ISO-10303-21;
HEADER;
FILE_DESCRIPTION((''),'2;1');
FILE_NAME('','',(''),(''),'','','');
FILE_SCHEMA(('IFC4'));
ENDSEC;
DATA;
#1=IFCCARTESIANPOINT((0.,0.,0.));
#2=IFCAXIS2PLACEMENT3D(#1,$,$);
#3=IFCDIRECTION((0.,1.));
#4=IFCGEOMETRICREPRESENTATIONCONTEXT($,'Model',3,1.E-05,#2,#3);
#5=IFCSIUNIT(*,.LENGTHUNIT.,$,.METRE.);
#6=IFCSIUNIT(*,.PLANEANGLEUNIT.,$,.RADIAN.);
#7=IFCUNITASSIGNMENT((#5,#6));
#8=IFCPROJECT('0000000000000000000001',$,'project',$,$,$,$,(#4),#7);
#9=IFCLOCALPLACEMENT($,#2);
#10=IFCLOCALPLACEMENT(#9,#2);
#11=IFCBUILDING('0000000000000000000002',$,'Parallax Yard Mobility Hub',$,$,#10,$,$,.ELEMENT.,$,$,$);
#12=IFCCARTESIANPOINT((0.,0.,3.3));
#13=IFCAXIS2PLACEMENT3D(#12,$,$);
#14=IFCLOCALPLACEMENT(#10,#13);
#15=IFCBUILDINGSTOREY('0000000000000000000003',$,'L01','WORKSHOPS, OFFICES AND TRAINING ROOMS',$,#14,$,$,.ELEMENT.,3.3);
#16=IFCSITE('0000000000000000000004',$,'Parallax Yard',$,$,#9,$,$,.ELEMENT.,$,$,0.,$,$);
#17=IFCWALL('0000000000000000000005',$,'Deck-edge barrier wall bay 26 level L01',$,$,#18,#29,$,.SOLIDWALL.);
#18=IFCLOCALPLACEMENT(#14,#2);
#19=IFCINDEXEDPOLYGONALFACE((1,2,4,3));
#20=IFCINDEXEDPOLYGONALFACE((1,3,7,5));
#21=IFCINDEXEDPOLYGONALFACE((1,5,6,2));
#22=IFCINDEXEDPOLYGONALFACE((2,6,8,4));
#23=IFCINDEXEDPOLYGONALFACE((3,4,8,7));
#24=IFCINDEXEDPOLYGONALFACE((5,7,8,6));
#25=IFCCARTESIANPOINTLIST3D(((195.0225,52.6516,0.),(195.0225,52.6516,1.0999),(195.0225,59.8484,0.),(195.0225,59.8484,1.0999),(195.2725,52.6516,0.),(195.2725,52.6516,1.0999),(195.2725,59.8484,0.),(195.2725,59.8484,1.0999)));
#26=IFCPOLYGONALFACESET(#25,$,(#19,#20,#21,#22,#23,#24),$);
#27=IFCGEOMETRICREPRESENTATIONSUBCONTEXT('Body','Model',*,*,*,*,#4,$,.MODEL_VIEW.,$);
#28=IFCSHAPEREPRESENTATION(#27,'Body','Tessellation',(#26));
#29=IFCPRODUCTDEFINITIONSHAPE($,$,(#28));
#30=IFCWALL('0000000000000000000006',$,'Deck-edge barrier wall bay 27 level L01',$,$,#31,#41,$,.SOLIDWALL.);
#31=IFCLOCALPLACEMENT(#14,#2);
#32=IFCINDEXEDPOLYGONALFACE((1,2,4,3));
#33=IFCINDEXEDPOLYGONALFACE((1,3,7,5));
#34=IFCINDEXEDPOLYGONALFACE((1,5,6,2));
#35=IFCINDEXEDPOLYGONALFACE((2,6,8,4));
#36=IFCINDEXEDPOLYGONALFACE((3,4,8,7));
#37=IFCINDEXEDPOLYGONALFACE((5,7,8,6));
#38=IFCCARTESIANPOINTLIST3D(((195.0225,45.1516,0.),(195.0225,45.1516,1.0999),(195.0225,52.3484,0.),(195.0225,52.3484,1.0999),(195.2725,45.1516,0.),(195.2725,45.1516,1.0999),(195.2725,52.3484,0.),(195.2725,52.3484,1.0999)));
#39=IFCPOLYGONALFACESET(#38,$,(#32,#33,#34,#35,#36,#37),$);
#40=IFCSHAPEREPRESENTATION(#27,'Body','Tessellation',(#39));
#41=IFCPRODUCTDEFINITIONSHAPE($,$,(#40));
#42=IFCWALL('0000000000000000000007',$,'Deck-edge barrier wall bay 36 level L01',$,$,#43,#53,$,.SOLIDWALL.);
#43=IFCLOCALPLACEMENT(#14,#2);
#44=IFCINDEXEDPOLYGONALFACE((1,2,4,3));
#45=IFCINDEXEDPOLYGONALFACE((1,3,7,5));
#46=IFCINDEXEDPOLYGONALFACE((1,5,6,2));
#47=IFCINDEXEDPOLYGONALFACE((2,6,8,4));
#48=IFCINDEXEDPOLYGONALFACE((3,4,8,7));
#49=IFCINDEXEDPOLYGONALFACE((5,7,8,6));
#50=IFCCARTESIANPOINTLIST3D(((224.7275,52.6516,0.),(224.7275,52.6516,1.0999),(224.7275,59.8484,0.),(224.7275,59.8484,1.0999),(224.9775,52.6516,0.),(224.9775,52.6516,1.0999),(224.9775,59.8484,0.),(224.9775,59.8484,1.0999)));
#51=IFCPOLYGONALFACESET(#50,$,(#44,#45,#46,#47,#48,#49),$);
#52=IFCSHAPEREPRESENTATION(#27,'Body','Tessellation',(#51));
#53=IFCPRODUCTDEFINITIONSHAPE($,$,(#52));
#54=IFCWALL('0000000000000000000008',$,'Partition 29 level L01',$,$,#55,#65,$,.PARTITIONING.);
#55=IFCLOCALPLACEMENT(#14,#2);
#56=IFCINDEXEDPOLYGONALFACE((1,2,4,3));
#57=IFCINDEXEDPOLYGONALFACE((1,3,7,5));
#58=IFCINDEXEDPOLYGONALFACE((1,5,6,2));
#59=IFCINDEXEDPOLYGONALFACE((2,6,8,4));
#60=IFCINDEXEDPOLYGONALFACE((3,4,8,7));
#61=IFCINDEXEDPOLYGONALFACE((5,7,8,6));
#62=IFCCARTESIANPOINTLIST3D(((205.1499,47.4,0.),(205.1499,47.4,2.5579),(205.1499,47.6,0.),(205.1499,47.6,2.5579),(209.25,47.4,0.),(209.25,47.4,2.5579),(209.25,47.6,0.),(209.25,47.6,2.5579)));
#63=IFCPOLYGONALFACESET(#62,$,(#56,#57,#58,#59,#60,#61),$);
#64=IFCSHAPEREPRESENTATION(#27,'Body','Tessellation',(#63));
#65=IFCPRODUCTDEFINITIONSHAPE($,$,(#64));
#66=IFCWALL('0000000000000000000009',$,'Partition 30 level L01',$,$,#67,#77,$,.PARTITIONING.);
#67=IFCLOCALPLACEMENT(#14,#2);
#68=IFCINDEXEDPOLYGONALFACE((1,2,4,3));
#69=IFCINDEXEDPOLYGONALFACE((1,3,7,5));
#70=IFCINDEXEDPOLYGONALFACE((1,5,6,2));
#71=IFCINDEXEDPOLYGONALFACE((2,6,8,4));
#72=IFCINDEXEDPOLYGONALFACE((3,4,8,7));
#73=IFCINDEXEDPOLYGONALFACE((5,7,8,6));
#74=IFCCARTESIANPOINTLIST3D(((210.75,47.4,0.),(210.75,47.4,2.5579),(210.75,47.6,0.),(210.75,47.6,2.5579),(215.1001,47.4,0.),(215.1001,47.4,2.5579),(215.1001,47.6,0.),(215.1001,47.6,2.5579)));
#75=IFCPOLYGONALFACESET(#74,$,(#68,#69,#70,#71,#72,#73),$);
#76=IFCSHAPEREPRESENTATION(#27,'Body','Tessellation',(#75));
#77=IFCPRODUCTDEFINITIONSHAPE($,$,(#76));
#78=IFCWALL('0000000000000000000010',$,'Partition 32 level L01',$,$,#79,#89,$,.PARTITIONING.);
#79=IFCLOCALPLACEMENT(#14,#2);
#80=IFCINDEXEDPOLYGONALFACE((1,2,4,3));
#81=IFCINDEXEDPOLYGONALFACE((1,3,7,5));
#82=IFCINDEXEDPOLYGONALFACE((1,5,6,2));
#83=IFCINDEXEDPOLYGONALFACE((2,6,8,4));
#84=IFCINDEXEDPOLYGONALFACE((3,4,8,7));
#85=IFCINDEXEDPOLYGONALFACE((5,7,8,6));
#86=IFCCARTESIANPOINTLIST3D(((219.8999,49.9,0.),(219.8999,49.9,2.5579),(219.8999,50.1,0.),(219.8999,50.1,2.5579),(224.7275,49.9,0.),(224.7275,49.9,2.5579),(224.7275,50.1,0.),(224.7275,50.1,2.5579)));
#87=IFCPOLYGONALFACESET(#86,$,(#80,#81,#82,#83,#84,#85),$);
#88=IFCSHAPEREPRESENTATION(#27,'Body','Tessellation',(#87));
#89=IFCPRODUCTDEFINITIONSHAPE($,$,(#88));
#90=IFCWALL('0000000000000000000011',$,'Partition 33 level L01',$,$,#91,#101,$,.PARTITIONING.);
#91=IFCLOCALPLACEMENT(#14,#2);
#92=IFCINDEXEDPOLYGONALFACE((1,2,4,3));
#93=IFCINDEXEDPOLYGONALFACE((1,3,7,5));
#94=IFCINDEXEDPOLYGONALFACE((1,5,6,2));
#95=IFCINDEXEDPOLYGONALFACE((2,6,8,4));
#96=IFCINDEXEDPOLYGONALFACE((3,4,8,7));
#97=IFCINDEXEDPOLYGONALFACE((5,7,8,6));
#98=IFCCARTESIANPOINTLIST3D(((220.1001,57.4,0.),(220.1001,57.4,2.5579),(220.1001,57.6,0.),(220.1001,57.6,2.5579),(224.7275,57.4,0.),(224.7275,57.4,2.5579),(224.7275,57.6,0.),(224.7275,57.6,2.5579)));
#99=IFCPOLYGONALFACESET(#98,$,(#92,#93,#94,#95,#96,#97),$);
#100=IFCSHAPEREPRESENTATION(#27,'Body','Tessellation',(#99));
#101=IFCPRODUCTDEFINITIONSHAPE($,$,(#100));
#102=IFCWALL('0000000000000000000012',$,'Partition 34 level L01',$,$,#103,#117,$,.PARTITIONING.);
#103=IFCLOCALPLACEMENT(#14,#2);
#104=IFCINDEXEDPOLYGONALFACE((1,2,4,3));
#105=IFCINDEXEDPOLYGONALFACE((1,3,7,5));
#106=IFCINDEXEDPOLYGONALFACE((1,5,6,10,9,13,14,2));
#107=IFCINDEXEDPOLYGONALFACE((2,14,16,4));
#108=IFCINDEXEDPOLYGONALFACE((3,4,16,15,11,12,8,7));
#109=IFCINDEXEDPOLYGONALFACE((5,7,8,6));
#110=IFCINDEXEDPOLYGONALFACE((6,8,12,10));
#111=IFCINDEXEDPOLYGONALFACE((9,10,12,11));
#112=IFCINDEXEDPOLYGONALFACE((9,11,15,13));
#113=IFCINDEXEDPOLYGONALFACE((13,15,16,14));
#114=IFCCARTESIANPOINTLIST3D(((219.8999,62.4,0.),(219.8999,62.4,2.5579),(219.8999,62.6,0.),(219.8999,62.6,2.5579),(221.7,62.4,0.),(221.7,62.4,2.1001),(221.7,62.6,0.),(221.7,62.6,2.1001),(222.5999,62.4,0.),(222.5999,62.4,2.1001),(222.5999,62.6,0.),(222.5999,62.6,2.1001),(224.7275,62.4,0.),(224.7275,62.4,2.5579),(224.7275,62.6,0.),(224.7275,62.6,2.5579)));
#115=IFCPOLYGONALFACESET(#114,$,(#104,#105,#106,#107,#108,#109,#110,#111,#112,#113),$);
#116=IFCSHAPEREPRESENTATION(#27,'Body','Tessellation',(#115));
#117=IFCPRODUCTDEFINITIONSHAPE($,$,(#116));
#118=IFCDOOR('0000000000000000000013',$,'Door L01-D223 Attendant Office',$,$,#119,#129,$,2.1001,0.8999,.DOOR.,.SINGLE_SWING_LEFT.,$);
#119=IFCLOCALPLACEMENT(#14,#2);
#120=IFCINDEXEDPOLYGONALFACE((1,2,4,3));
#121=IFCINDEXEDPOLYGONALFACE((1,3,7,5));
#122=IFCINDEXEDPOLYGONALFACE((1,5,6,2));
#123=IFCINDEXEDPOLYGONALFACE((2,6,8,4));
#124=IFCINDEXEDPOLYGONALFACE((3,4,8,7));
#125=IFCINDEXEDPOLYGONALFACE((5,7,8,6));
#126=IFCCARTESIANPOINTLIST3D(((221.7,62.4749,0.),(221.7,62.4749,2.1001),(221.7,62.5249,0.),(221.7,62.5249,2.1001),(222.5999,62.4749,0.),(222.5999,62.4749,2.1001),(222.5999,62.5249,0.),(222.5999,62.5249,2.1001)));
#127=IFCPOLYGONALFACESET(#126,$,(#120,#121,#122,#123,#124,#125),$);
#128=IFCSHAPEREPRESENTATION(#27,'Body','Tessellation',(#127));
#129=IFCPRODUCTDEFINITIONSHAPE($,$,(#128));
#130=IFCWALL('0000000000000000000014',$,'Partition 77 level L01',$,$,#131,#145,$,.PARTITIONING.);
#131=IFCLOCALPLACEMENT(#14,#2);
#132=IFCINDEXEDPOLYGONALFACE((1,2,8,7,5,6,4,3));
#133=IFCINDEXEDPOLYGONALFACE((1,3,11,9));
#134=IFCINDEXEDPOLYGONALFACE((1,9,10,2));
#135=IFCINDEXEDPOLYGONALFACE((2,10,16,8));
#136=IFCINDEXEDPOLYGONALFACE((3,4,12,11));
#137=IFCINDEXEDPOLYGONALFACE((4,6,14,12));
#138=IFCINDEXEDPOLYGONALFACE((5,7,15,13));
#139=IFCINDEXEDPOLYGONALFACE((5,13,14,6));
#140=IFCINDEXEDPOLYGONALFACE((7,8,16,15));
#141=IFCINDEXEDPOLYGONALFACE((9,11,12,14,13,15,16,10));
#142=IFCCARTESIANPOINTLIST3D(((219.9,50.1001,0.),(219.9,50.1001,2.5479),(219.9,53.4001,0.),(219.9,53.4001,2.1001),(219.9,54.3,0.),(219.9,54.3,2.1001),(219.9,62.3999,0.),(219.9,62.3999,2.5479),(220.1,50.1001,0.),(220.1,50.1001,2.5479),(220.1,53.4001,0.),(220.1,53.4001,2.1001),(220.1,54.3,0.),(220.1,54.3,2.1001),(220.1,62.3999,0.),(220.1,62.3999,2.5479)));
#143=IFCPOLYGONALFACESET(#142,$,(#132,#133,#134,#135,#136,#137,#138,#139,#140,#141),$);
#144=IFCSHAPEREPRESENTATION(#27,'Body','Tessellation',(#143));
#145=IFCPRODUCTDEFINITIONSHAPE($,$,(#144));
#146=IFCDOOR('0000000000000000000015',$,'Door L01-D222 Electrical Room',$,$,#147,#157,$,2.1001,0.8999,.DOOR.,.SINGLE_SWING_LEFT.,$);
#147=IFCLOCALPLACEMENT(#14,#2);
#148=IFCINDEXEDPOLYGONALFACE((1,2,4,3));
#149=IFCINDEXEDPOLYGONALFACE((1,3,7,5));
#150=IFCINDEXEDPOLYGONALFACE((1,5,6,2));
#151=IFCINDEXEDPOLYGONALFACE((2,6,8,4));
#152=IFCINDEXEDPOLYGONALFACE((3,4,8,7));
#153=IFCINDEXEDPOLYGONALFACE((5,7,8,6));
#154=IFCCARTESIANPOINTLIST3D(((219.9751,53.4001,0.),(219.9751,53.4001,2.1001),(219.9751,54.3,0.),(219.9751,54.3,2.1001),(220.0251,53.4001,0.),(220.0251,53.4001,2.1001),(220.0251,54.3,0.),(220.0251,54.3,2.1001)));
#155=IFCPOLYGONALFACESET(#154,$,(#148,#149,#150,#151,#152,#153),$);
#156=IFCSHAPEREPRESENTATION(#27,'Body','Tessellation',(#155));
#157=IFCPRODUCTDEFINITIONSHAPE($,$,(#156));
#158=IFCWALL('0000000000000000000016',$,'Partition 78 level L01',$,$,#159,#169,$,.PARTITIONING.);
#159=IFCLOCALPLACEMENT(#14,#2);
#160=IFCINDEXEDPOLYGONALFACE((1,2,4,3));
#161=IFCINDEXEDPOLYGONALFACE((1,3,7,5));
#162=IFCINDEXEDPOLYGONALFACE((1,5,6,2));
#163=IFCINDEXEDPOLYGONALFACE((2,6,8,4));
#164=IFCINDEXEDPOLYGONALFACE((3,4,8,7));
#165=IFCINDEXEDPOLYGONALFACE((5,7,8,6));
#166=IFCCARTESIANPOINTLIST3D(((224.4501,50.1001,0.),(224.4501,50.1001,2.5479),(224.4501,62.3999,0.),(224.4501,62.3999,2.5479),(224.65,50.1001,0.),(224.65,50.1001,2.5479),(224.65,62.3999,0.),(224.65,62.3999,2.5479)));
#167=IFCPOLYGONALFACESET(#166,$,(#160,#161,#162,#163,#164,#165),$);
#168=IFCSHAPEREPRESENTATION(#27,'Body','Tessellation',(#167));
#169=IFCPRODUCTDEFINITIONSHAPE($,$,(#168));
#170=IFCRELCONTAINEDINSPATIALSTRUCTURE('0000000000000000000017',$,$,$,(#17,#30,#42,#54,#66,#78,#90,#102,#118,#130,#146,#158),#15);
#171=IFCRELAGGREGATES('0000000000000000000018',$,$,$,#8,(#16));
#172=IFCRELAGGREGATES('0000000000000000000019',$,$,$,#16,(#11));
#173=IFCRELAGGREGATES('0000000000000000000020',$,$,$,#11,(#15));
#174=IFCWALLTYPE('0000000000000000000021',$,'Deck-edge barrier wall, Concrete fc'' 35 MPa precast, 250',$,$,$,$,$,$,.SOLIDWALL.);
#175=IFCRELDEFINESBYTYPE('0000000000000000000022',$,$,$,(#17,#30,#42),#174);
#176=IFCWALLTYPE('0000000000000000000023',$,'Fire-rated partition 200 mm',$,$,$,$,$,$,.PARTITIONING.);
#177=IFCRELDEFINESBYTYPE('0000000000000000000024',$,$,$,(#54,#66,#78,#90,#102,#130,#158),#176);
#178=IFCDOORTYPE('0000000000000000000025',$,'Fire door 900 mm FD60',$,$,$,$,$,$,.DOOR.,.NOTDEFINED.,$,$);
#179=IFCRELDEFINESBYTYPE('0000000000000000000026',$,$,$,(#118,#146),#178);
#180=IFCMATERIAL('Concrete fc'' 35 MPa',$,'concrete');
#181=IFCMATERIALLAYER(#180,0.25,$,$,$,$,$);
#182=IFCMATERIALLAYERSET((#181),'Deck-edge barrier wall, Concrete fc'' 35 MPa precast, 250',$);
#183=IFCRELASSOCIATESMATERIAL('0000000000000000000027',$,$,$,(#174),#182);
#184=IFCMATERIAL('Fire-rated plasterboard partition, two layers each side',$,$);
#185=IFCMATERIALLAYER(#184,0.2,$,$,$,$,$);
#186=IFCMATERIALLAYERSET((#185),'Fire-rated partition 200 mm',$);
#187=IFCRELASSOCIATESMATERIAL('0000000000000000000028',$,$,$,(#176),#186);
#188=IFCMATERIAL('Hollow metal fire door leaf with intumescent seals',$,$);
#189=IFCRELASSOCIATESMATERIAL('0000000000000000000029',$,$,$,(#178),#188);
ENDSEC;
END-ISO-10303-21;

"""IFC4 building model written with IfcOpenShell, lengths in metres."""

from ifc_helpers import new_model, si_unit, direction, frame, frame_2d, origin, place, context, subcontext, project, spatial, rectangle, extrude, material, layer, layer_set, type_object, element, fill, save


model = new_model("IFC4")

# Units and contexts
model_context = context("Model", 3, precision=1e-05, world=origin(), true_north=direction((0.0, 1.0)))
body_context = subcontext(model_context, "Body", "Model", "MODEL_VIEW")
ifc_project = project(units=[si_unit("LENGTHUNIT", "METRE"), si_unit("PLANEANGLEUNIT", "RADIAN")], contexts=[model_context])

# Site, building, storey
site_placement = place(None, origin())
site = spatial("IfcSite", under=ifc_project, at=site_placement, Name="Parallax Yard", CompositionType="ELEMENT", RefElevation=0.0)
building_placement = place(site_placement, origin())
building = spatial("IfcBuilding", under=site, at=building_placement, Name="Parallax Yard Mobility Hub", CompositionType="ELEMENT")
storey_placement = place(building_placement, frame((0.0, 0.0, 3.3)))
storey = spatial("IfcBuildingStorey", under=building, at=storey_placement, Name="L01", Description="WORKSHOPS, OFFICES AND TRAINING ROOMS", CompositionType="ELEMENT", Elevation=3.3)

# Walls
ifc_material_1 = material(Name="Concrete fc' 35 MPa", Category="concrete")
ifc_layer_1 = layer(ifc_material_1, 0.25)
ifc_layer_set_1 = layer_set([ifc_layer_1], Name="Deck-edge barrier wall, Concrete fc' 35 MPa precast, 250")
wall_type_1 = type_object("IfcWallType", Name="Deck-edge barrier wall, Concrete fc' 35 MPa precast, 250", PredefinedType="SOLIDWALL", material=ifc_layer_set_1)
for number, where, z_axis, x_axis, name in (
    (1, (195.1475, 59.8484, 0.0), (0.0, 0.0, 1.0), (0.0, -1.0, 0.0), "Deck-edge barrier wall bay 26 level L01"),
    (2, (195.1475, 52.3484, 0.0), (0.0, 0.0, 1.0), (0.0, -1.0, 0.0), "Deck-edge barrier wall bay 27 level L01"),
    (3, (224.8525, 52.6516, 0.0), (0.0, 0.0, 1.0), (0.0, 1.0, 0.0), "Deck-edge barrier wall bay 36 level L01"),
):
    element("IfcWall", number, at=place(storey_placement, frame(where, z_axis=z_axis, x_axis=x_axis)), inside=storey, type_object=wall_type_1, Name=name, PredefinedType="SOLIDWALL", context=body_context, shape_type="SweptSolid", body=[
        extrude(rectangle(XDim=7.1968, YDim=0.25, at=frame_2d((3.5984, 0.0))), origin(), (0.0, 0.0, 1.0), 1.0999),
    ])
ifc_material_2 = material(Name="Fire-rated plasterboard partition, two layers each side")
ifc_layer_2 = layer(ifc_material_2, 0.2)
ifc_layer_set_2 = layer_set([ifc_layer_2], Name="Fire-rated partition 200 mm")
wall_type_2 = type_object("IfcWallType", Name="Fire-rated partition 200 mm", PredefinedType="PARTITIONING", material=ifc_layer_set_2)
wall_1_placement = place(storey_placement, frame((205.1499, 47.5, 0.0), z_axis=(0.0, 0.0, 1.0), x_axis=(1.0, 0.0, 0.0)))
element("IfcWall", 4, at=wall_1_placement, inside=storey, type_object=wall_type_2, Name="Partition 29 level L01", PredefinedType="PARTITIONING", context=body_context, shape_type="SweptSolid", body=[
    extrude(rectangle(XDim=4.1001, YDim=0.2, at=frame_2d((2.05, 0.0))), origin(), (0.0, 0.0, 1.0), 2.5579),
])
wall_2_placement = place(storey_placement, frame((210.75, 47.5, 0.0), z_axis=(0.0, 0.0, 1.0), x_axis=(1.0, 0.0, 0.0)))
element("IfcWall", 5, at=wall_2_placement, inside=storey, type_object=wall_type_2, Name="Partition 30 level L01", PredefinedType="PARTITIONING", context=body_context, shape_type="SweptSolid", body=[
    extrude(rectangle(XDim=4.3501, YDim=0.2, at=frame_2d((2.175, 0.0))), origin(), (0.0, 0.0, 1.0), 2.5579),
])
wall_3_placement = place(storey_placement, frame((219.8999, 50.0, 0.0), z_axis=(0.0, 0.0, 1.0), x_axis=(1.0, 0.0, 0.0)))
element("IfcWall", 6, at=wall_3_placement, inside=storey, type_object=wall_type_2, Name="Partition 32 level L01", PredefinedType="PARTITIONING", context=body_context, shape_type="SweptSolid", body=[
    extrude(rectangle(XDim=4.8276, YDim=0.2, at=frame_2d((2.4138, 0.0))), origin(), (0.0, 0.0, 1.0), 2.5579),
])
wall_4_placement = place(storey_placement, frame((220.1001, 57.5, 0.0), z_axis=(0.0, 0.0, 1.0), x_axis=(1.0, 0.0, 0.0)))
element("IfcWall", 7, at=wall_4_placement, inside=storey, type_object=wall_type_2, Name="Partition 33 level L01", PredefinedType="PARTITIONING", context=body_context, shape_type="SweptSolid", body=[
    extrude(rectangle(XDim=4.6274, YDim=0.2, at=frame_2d((2.3137, 0.0))), origin(), (0.0, 0.0, 1.0), 2.5579),
])

# Walls, openings, doors
wall_5_placement = place(storey_placement, frame((219.8999, 62.5, 0.0), z_axis=(0.0, 0.0, 1.0), x_axis=(1.0, 0.0, 0.0)))
wall_5 = element("IfcWall", 8, at=wall_5_placement, inside=storey, type_object=wall_type_2, Name="Partition 34 level L01", PredefinedType="PARTITIONING", context=body_context, shape_type="SweptSolid", body=[
    extrude(rectangle(XDim=4.8276, YDim=0.2, at=frame_2d((2.4138, 0.0))), origin(), (0.0, 0.0, 1.0), 2.5579),
])
opening_1_placement = place(wall_5_placement, frame((1.8, 0.0, 0.0)))
opening_1 = element("IfcOpeningElement", 9, at=opening_1_placement, cuts=wall_5, PredefinedType="OPENING", context=body_context, shape_type="SweptSolid", body=[
    extrude(rectangle(XDim=0.8999, YDim=2.1001, at=frame_2d((0.45, 1.05))), frame((0.0, 0.1099, 0.0), z_axis=(0.0, -1.0, 0.0), x_axis=(1.0, 0.0, 0.0)), (0.0, 0.0, 1.0), 0.22),
])
ifc_material_3 = material(Name="Hollow metal fire door leaf with intumescent seals")
door_type = type_object("IfcDoorType", Name="Fire door 900 mm FD60", OperationType="NOTDEFINED", PredefinedType="DOOR", material=ifc_material_3)
door_1_placement = place(opening_1_placement, origin())
door_1 = element("IfcDoor", 10, at=door_1_placement, inside=storey, type_object=door_type, Name="Door L01-D223 Attendant Office", OperationType="SINGLE_SWING_LEFT", OverallHeight=2.1001, OverallWidth=0.8999, PredefinedType="DOOR", context=body_context, shape_type="SweptSolid", body=[
    extrude(rectangle(XDim=0.8999, YDim=2.1001, at=frame_2d((0.45, 1.05))), frame((0.0, 0.0249, 0.0), z_axis=(0.0, -1.0, 0.0), x_axis=(1.0, 0.0, 0.0)), (0.0, 0.0, 1.0), 0.05),
])
fill(opening_1, door_1)
wall_6_placement = place(storey_placement, frame((220.0, 50.1001, 0.0), z_axis=(0.0, 0.0, 1.0), x_axis=(0.0, 1.0, 0.0)))
wall_6 = element("IfcWall", 11, at=wall_6_placement, inside=storey, type_object=wall_type_2, Name="Partition 77 level L01", PredefinedType="PARTITIONING", context=body_context, shape_type="SweptSolid", body=[
    extrude(rectangle(XDim=12.2998, YDim=0.2, at=frame_2d((6.1499, 0.0))), origin(), (0.0, 0.0, 1.0), 2.5479),
])
opening_2_placement = place(wall_6_placement, frame((3.3, 0.0, 0.0)))
opening_2 = element("IfcOpeningElement", 12, at=opening_2_placement, cuts=wall_6, PredefinedType="OPENING", context=body_context, shape_type="SweptSolid", body=[
    extrude(rectangle(XDim=0.8999, YDim=2.1001, at=frame_2d((0.45, 1.05))), frame((0.0, 0.1099, 0.0), z_axis=(0.0, -1.0, 0.0), x_axis=(1.0, 0.0, 0.0)), (0.0, 0.0, 1.0), 0.22),
])
door_2_placement = place(opening_2_placement, origin())
door_2 = element("IfcDoor", 13, at=door_2_placement, inside=storey, type_object=door_type, Name="Door L01-D222 Electrical Room", OperationType="SINGLE_SWING_LEFT", OverallHeight=2.1001, OverallWidth=0.8999, PredefinedType="DOOR", context=body_context, shape_type="SweptSolid", body=[
    extrude(rectangle(XDim=0.8999, YDim=2.1001, at=frame_2d((0.45, 1.05))), frame((0.0, 0.0249, 0.0), z_axis=(0.0, -1.0, 0.0), x_axis=(1.0, 0.0, 0.0)), (0.0, 0.0, 1.0), 0.05),
])
fill(opening_2, door_2)

# Wall
wall_7_placement = place(storey_placement, frame((224.55, 50.1001, 0.0), z_axis=(0.0, 0.0, 1.0), x_axis=(0.0, 1.0, 0.0)))
element("IfcWall", 14, at=wall_7_placement, inside=storey, type_object=wall_type_2, Name="Partition 78 level L01", PredefinedType="PARTITIONING", context=body_context, shape_type="SweptSolid", body=[
    extrude(rectangle(XDim=12.2998, YDim=0.2, at=frame_2d((6.1499, 0.0))), origin(), (0.0, 0.0, 1.0), 2.5479),
])

save(model, "model.ifc")
